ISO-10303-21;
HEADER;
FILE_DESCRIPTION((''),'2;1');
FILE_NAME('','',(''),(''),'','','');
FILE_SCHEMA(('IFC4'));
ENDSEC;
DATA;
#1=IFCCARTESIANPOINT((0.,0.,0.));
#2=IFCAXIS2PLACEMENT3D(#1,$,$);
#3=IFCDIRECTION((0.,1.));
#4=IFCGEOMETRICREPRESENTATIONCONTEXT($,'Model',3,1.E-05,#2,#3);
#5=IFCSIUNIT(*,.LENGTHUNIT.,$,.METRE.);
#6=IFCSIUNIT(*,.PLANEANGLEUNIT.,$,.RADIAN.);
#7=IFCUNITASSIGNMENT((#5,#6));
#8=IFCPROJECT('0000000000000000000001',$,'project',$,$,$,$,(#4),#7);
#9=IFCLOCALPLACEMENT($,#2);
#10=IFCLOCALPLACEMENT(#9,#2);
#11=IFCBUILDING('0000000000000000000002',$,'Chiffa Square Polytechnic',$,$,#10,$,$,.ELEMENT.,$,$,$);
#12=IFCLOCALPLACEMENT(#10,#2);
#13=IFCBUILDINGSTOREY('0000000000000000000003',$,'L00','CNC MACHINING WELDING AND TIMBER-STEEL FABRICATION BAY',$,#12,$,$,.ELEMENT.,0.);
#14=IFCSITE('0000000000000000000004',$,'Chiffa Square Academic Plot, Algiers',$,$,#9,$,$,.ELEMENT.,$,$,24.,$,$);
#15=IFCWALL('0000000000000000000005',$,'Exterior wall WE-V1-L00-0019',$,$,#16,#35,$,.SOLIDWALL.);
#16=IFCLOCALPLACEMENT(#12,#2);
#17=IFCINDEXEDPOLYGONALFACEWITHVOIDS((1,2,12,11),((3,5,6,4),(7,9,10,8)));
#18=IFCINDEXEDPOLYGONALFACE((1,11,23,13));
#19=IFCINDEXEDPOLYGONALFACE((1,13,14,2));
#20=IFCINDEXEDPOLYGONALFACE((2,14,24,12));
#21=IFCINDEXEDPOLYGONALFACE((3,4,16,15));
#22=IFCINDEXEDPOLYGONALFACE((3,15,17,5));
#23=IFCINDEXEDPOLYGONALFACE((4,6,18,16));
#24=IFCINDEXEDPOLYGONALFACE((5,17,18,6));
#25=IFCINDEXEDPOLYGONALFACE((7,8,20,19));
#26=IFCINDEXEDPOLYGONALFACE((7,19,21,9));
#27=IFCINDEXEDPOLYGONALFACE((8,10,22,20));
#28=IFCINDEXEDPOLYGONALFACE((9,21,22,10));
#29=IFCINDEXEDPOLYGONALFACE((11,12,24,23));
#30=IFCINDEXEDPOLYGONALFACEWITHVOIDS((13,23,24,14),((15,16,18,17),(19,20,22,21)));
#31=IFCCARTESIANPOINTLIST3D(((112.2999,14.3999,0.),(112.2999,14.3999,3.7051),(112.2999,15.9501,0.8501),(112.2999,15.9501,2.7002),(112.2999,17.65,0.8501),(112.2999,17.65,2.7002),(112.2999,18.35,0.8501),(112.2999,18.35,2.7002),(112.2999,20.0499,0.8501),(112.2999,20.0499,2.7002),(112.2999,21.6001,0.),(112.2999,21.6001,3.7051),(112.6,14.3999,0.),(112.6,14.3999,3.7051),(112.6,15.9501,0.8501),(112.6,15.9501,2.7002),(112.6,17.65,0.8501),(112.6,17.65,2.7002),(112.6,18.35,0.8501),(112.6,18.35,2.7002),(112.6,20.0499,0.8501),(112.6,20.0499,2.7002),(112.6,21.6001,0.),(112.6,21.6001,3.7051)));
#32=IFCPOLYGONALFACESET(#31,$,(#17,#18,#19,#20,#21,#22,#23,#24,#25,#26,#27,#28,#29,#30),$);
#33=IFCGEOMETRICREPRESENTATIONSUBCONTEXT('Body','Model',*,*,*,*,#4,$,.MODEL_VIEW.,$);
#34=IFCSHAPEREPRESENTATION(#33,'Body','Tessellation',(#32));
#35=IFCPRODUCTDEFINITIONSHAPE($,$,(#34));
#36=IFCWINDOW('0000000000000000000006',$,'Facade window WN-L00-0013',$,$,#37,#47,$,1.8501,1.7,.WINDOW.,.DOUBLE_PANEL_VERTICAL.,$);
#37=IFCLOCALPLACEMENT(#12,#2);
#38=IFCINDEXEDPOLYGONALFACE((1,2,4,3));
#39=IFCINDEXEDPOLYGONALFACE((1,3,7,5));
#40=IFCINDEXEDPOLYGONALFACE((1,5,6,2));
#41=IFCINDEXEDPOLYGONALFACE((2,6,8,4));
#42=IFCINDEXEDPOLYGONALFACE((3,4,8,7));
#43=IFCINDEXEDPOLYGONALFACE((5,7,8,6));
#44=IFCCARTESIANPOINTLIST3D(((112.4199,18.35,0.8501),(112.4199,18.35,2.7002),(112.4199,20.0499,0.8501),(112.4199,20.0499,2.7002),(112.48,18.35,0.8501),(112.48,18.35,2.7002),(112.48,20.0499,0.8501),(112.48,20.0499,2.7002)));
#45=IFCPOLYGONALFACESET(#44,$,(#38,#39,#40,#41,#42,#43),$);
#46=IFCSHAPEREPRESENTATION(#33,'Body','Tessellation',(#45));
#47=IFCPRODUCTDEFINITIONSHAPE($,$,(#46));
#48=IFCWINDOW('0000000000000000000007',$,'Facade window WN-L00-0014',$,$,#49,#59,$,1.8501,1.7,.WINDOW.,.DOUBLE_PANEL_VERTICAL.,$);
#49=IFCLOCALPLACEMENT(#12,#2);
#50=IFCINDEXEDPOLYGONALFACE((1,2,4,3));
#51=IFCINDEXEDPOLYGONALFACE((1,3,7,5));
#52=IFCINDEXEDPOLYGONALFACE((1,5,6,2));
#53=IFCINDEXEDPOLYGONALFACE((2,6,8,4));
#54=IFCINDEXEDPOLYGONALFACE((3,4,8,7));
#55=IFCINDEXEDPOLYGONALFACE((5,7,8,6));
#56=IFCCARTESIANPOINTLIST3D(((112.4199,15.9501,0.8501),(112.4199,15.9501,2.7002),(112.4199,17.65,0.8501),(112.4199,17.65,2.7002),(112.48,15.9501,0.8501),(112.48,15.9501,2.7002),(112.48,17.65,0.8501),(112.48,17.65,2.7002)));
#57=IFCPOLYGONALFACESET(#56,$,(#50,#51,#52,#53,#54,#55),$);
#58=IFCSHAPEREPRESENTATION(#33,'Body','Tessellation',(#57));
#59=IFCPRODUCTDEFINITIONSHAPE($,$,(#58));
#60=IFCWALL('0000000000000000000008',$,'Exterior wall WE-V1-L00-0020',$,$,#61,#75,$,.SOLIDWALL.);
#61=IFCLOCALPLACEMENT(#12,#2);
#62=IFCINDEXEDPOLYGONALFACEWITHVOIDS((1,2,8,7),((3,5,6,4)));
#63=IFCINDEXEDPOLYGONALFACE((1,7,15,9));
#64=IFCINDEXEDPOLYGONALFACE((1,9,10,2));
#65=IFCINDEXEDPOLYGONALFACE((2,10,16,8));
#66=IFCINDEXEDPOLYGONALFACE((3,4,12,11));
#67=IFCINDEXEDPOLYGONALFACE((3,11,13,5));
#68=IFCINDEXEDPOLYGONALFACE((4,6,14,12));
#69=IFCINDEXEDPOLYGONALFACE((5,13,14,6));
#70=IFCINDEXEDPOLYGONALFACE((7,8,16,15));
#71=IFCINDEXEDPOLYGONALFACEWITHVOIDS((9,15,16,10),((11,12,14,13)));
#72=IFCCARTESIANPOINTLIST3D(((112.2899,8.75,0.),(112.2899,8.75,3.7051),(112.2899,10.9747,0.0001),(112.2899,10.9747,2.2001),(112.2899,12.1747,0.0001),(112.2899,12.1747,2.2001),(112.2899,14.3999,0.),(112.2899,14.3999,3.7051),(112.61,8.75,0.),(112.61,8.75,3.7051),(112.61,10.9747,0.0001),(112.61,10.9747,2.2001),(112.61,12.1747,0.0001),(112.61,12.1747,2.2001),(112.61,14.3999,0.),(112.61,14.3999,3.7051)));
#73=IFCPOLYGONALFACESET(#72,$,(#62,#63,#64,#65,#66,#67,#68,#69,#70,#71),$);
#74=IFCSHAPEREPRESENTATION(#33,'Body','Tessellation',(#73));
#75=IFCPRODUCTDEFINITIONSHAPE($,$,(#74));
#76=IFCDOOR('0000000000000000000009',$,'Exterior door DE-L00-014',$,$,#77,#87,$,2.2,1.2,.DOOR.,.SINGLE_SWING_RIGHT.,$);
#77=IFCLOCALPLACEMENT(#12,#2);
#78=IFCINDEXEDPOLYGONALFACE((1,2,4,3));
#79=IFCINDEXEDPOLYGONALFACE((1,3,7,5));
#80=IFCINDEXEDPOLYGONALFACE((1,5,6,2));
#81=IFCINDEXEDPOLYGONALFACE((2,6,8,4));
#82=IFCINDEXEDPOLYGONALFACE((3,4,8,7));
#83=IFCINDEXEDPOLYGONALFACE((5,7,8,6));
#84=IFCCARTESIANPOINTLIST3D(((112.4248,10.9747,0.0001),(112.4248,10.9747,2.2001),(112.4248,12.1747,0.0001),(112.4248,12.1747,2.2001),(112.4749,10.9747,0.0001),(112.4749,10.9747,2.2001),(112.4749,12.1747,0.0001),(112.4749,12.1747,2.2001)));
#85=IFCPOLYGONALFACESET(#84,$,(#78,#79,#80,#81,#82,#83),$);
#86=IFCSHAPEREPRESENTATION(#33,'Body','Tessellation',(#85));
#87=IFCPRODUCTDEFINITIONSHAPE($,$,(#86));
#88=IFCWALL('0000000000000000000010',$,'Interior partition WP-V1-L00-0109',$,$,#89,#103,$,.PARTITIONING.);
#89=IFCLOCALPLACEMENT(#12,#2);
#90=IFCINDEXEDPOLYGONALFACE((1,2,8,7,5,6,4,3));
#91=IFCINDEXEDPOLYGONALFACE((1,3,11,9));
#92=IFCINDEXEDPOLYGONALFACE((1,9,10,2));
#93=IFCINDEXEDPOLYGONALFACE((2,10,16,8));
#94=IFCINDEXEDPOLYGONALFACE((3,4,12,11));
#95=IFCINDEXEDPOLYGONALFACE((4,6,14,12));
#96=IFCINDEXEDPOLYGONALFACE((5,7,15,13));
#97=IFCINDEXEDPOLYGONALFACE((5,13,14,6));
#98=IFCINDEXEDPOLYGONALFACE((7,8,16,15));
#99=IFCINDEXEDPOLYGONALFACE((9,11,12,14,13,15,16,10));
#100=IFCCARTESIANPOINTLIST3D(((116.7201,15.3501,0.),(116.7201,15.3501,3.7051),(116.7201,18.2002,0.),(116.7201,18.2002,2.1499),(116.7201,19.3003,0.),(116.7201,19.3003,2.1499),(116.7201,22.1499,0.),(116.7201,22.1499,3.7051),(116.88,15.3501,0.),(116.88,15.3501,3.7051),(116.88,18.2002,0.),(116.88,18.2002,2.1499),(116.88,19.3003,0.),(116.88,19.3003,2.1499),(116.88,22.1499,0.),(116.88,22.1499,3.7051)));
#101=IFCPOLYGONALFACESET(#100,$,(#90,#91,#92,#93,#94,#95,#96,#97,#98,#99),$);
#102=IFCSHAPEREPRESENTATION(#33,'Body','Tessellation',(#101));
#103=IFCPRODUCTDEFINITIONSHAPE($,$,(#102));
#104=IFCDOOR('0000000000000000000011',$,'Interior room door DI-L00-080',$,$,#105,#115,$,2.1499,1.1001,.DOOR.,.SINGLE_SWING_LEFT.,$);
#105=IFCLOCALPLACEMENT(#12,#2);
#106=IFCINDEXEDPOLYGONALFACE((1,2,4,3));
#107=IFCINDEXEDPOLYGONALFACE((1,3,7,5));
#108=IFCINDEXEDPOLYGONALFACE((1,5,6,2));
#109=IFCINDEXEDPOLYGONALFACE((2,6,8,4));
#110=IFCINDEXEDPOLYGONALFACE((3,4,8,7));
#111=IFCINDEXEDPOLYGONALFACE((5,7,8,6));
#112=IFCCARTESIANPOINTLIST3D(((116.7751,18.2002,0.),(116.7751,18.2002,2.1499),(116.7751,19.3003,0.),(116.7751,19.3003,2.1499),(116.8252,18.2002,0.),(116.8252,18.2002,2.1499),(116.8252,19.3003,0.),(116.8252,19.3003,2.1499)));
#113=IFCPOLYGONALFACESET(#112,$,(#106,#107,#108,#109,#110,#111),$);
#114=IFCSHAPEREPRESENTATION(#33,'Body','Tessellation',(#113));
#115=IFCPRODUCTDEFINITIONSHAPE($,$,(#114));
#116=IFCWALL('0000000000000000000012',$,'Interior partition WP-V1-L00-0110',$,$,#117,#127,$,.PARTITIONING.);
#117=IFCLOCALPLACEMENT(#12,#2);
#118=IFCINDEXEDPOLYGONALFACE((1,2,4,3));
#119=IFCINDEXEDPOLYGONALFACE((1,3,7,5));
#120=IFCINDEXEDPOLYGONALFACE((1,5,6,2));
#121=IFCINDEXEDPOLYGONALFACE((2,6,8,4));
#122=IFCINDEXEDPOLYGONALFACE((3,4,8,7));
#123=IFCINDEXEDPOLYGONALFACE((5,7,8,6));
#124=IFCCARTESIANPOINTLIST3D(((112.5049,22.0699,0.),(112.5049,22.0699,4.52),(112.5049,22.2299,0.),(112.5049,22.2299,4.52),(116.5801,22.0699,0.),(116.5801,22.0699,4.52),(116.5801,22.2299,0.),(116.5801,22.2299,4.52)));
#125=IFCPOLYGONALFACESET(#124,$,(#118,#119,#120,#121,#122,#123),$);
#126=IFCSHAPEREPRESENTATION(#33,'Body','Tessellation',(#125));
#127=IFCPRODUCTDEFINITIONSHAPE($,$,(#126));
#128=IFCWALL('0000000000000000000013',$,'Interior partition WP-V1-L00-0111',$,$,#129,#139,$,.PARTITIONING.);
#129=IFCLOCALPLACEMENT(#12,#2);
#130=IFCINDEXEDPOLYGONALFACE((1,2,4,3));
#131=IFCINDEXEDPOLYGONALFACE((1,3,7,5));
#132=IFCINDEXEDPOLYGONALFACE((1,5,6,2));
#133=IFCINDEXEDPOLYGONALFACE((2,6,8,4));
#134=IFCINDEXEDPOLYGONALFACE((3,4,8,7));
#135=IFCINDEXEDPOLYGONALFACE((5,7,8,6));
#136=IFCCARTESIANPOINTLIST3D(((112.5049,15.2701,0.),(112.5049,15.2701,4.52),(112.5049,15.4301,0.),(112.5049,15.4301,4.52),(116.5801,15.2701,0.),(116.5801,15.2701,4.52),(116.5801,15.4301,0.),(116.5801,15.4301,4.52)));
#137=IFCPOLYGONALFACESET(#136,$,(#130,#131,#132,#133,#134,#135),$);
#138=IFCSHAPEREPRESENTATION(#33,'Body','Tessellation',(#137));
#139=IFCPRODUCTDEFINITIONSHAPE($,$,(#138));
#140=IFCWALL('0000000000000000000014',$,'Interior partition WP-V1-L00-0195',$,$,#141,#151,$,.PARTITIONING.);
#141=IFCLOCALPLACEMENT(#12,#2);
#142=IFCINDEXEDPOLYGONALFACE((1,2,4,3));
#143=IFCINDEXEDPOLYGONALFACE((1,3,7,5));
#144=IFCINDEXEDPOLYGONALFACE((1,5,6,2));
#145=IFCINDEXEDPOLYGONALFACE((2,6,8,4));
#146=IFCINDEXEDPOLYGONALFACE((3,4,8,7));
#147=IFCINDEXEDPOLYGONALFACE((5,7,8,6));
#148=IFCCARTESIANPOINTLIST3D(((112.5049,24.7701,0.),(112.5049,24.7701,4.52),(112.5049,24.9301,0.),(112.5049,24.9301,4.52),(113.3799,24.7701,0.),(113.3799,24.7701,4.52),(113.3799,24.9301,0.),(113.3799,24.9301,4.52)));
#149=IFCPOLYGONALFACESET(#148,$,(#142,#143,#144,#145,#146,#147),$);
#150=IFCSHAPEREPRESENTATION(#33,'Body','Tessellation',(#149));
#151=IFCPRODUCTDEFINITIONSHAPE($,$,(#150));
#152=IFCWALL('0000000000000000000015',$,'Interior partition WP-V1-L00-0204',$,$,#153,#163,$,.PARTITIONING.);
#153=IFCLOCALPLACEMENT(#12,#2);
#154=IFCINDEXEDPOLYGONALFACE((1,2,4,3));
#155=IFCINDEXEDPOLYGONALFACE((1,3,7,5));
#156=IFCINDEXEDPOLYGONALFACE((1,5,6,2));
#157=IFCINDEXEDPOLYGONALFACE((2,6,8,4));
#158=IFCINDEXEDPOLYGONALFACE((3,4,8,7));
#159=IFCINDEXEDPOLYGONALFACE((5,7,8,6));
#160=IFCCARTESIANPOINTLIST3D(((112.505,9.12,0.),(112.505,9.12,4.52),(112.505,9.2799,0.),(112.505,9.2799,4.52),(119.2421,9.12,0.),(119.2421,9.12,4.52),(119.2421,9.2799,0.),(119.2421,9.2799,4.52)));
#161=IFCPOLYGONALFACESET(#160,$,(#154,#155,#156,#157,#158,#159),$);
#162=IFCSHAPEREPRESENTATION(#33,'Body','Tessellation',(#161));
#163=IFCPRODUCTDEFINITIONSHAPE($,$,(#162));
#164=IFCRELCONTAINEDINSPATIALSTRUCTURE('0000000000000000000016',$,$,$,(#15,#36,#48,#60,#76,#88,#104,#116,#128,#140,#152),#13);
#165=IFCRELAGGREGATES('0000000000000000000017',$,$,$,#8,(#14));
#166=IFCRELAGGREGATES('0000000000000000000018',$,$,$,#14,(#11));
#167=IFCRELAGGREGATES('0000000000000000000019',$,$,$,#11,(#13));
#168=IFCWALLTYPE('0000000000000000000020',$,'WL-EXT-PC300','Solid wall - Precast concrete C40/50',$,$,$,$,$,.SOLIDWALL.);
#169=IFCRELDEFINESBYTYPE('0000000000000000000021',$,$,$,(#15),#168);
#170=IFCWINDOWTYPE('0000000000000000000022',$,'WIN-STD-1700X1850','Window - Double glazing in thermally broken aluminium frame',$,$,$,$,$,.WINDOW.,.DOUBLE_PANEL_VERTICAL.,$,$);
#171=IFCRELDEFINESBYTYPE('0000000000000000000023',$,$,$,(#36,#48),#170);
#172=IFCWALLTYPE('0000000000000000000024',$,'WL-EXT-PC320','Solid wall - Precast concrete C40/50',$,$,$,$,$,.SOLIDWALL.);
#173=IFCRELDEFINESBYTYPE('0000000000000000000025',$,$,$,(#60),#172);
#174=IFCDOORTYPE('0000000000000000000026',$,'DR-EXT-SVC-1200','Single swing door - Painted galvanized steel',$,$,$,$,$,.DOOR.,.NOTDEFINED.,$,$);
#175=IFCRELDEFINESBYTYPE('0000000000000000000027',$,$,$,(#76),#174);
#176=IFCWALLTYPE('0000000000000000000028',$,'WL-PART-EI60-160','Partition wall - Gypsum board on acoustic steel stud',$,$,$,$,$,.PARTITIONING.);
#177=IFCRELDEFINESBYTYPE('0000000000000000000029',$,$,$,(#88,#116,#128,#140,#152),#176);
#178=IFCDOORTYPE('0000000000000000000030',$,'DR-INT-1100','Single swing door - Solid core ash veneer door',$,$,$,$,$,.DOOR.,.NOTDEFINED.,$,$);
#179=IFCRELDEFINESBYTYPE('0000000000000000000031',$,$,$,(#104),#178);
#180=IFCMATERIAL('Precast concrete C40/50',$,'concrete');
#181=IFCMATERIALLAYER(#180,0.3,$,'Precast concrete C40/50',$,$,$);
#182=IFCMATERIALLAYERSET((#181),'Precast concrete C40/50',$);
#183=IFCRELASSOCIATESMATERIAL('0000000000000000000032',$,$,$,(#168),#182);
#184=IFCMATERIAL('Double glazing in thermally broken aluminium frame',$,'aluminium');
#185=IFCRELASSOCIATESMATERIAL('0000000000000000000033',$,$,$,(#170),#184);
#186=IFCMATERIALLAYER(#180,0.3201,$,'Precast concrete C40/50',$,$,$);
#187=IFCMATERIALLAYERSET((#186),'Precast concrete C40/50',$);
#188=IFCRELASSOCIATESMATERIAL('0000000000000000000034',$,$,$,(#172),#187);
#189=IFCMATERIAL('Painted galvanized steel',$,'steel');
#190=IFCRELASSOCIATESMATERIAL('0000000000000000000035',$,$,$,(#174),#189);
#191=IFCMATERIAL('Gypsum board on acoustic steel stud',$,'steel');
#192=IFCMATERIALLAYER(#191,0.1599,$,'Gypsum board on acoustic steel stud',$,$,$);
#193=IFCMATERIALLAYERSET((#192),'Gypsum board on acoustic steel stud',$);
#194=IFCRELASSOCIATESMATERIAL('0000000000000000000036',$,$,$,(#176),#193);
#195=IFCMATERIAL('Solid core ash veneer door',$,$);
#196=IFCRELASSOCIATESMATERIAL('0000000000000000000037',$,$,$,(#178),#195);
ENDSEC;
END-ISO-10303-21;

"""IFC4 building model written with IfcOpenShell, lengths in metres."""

from ifc_helpers import new_model, si_unit, direction, frame, frame_2d, origin, place, context, subcontext, project, spatial, rectangle, extrude, material, layer, layer_set, type_object, element, fill, save


model = new_model("IFC4")

# Units and contexts
model_context = context("Model", 3, precision=1e-05, world=origin(), true_north=direction((0.0, 1.0)))
body_context = subcontext(model_context, "Body", "Model", "MODEL_VIEW")
ifc_project = project(units=[si_unit("LENGTHUNIT", "METRE"), si_unit("PLANEANGLEUNIT", "RADIAN")], contexts=[model_context])

# Site, building, storey
site_placement = place(None, origin())
site = spatial("IfcSite", under=ifc_project, at=site_placement, Name="Chiffa Square Academic Plot, Algiers", CompositionType="ELEMENT", RefElevation=24.0)
building_placement = place(site_placement, origin())
building = spatial("IfcBuilding", under=site, at=building_placement, Name="Chiffa Square Polytechnic", CompositionType="ELEMENT")
storey_placement = place(building_placement, origin())
storey = spatial("IfcBuildingStorey", under=building, at=storey_placement, Name="L00", Description="CNC MACHINING WELDING AND TIMBER-STEEL FABRICATION BAY", CompositionType="ELEMENT", Elevation=0.0)

# Shared definitions
ifc_material_1 = material(Name="Precast concrete C40/50", Category="concrete")
ifc_material_2 = material(Name="Double glazing in thermally broken aluminium frame", Category="aluminium")

# Wall, openings, windows
ifc_layer_1 = layer(ifc_material_1, 0.3, Name="Precast concrete C40/50")
ifc_layer_set_1 = layer_set([ifc_layer_1], Name="Precast concrete C40/50")
wall_type_1 = type_object("IfcWallType", Name="WL-EXT-PC300", Description="Solid wall - Precast concrete C40/50", PredefinedType="SOLIDWALL", material=ifc_layer_set_1)
wall_1_placement = place(storey_placement, frame((112.45, 21.6001, 0.0), z_axis=(0.0, 0.0, 1.0), x_axis=(0.0, -1.0, 0.0)))
wall_1 = element("IfcWall", 1, at=wall_1_placement, inside=storey, type_object=wall_type_1, Name="Exterior wall WE-V1-L00-0019", PredefinedType="SOLIDWALL", context=body_context, shape_type="SweptSolid", body=[
    extrude(rectangle(XDim=7.2002, YDim=0.3, at=frame_2d((3.6001, 0.0))), origin(), (0.0, 0.0, 1.0), 3.7051),
])
opening_1_placement = place(wall_1_placement, frame((1.55, 0.0, 0.8501)))
opening_1 = element("IfcOpeningElement", 2, at=opening_1_placement, cuts=wall_1, PredefinedType="OPENING", context=body_context, shape_type="SweptSolid", body=[
    extrude(rectangle(XDim=1.7, YDim=1.8501, at=frame_2d((0.8501, 0.925))), frame((0.0, 0.1602, 0.0), z_axis=(0.0, -1.0, 0.0), x_axis=(1.0, 0.0, 0.0)), (0.0, 0.0, 1.0), 0.3201),
])
opening_2_placement = place(wall_1_placement, frame((3.95, 0.0, 0.8501)))
opening_2 = element("IfcOpeningElement", 3, at=opening_2_placement, cuts=wall_1, PredefinedType="OPENING", context=body_context, shape_type="SweptSolid", body=[
    extrude(rectangle(XDim=1.7, YDim=1.8501, at=frame_2d((0.8501, 0.925))), frame((0.0, 0.1602, 0.0), z_axis=(0.0, -1.0, 0.0), x_axis=(1.0, 0.0, 0.0)), (0.0, 0.0, 1.0), 0.3201),
])
window_type_1 = type_object("IfcWindowType", Name="WIN-STD-1700X1850", Description="Window - Double glazing in thermally broken aluminium frame", PartitioningType="DOUBLE_PANEL_VERTICAL", PredefinedType="WINDOW", material=ifc_material_2)
window_1_placement = place(opening_1_placement, origin())
window_1 = element("IfcWindow", 4, at=window_1_placement, inside=storey, type_object=window_type_1, Name="Facade window WN-L00-0013", OverallHeight=1.8501, OverallWidth=1.7, PartitioningType="DOUBLE_PANEL_VERTICAL", PredefinedType="WINDOW", context=body_context, shape_type="SweptSolid", body=[
    extrude(rectangle(XDim=1.7, YDim=1.8501, at=frame_2d((0.8501, 0.925))), frame((0.0, 0.03, 0.0), z_axis=(0.0, -1.0, 0.0), x_axis=(1.0, 0.0, 0.0)), (0.0, 0.0, 1.0), 0.0601),
])
fill(opening_1, window_1)
window_2_placement = place(opening_2_placement, origin())
window_2 = element("IfcWindow", 5, at=window_2_placement, inside=storey, type_object=window_type_1, Name="Facade window WN-L00-0014", OverallHeight=1.8501, OverallWidth=1.7, PartitioningType="DOUBLE_PANEL_VERTICAL", PredefinedType="WINDOW", context=body_context, shape_type="SweptSolid", body=[
    extrude(rectangle(XDim=1.7, YDim=1.8501, at=frame_2d((0.8501, 0.925))), frame((0.0, 0.03, 0.0), z_axis=(0.0, -1.0, 0.0), x_axis=(1.0, 0.0, 0.0)), (0.0, 0.0, 1.0), 0.0601),
])
fill(opening_2, window_2)

# Walls, openings, doors
ifc_layer_2 = layer(ifc_material_1, 0.3201, Name="Precast concrete C40/50")
ifc_layer_set_2 = layer_set([ifc_layer_2], Name="Precast concrete C40/50")
wall_type_2 = type_object("IfcWallType", Name="WL-EXT-PC320", Description="Solid wall - Precast concrete C40/50", PredefinedType="SOLIDWALL", material=ifc_layer_set_2)
wall_2_placement = place(storey_placement, frame((112.45, 14.3999, 0.0), z_axis=(0.0, 0.0, 1.0), x_axis=(0.0, -1.0, 0.0)))
wall_2 = element("IfcWall", 6, at=wall_2_placement, inside=storey, type_object=wall_type_2, Name="Exterior wall WE-V1-L00-0020", PredefinedType="SOLIDWALL", context=body_context, shape_type="SweptSolid", body=[
    extrude(rectangle(XDim=5.6499, YDim=0.3201, at=frame_2d((2.825, 0.0))), origin(), (0.0, 0.0, 1.0), 3.7051),
])
opening_3_placement = place(wall_2_placement, frame((2.2251, 0.0, 0.0)))
opening_3 = element("IfcOpeningElement", 7, at=opening_3_placement, cuts=wall_2, PredefinedType="OPENING", context=body_context, shape_type="SweptSolid", body=[
    extrude(rectangle(XDim=1.2, YDim=2.2, at=frame_2d((0.6001, 1.1001))), frame((0.0, 0.1699, 0.0), z_axis=(0.0, -1.0, 0.0), x_axis=(1.0, 0.0, 0.0)), (0.0, 0.0, 1.0), 0.3401),
])
ifc_material_3 = material(Name="Painted galvanized steel", Category="steel")
door_type_1 = type_object("IfcDoorType", Name="DR-EXT-SVC-1200", Description="Single swing door - Painted galvanized steel", OperationType="NOTDEFINED", PredefinedType="DOOR", material=ifc_material_3)
door_1_placement = place(opening_3_placement, origin())
door_1 = element("IfcDoor", 8, at=door_1_placement, inside=storey, type_object=door_type_1, Name="Exterior door DE-L00-014", OperationType="SINGLE_SWING_RIGHT", OverallHeight=2.2, OverallWidth=1.2, PredefinedType="DOOR", context=body_context, shape_type="SweptSolid", body=[
    extrude(rectangle(XDim=1.2, YDim=2.2, at=frame_2d((0.6001, 1.1001))), frame((0.0, 0.0249, 0.0), z_axis=(0.0, -1.0, 0.0), x_axis=(1.0, 0.0, 0.0)), (0.0, 0.0, 1.0), 0.05),
])
fill(opening_3, door_1)
ifc_material_4 = material(Name="Gypsum board on acoustic steel stud", Category="steel")
ifc_layer_3 = layer(ifc_material_4, 0.1599, Name="Gypsum board on acoustic steel stud")
ifc_layer_set_3 = layer_set([ifc_layer_3], Name="Gypsum board on acoustic steel stud")
wall_type_3 = type_object("IfcWallType", Name="WL-PART-EI60-160", Description="Partition wall - Gypsum board on acoustic steel stud", PredefinedType="PARTITIONING", material=ifc_layer_set_3)
wall_3_placement = place(storey_placement, frame((116.8, 15.3501, 0.0), z_axis=(0.0, 0.0, 1.0), x_axis=(0.0, 1.0, 0.0)))
wall_3 = element("IfcWall", 9, at=wall_3_placement, inside=storey, type_object=wall_type_3, Name="Interior partition WP-V1-L00-0109", PredefinedType="PARTITIONING", context=body_context, shape_type="SweptSolid", body=[
    extrude(rectangle(XDim=6.7998, YDim=0.1599, at=frame_2d((3.3999, 0.0))), origin(), (0.0, 0.0, 1.0), 3.7051),
])
opening_4_placement = place(wall_3_placement, frame((2.8501, 0.0, 0.0)))
opening_4 = element("IfcOpeningElement", 10, at=opening_4_placement, cuts=wall_3, PredefinedType="OPENING", context=body_context, shape_type="SweptSolid", body=[
    extrude(rectangle(XDim=1.1001, YDim=2.1499, at=frame_2d((0.55, 1.075))), frame((0.0, 0.0898, 0.0), z_axis=(0.0, -1.0, 0.0), x_axis=(1.0, 0.0, 0.0)), (0.0, 0.0, 1.0), 0.1799),
])
ifc_material_5 = material(Name="Solid core ash veneer door")
door_type_2 = type_object("IfcDoorType", Name="DR-INT-1100", Description="Single swing door - Solid core ash veneer door", OperationType="NOTDEFINED", PredefinedType="DOOR", material=ifc_material_5)
door_2_placement = place(opening_4_placement, origin())
door_2 = element("IfcDoor", 11, at=door_2_placement, inside=storey, type_object=door_type_2, Name="Interior room door DI-L00-080", OperationType="SINGLE_SWING_LEFT", OverallHeight=2.1499, OverallWidth=1.1001, PredefinedType="DOOR", context=body_context, shape_type="SweptSolid", body=[
    extrude(rectangle(XDim=1.1001, YDim=2.1499, at=frame_2d((0.55, 1.075))), frame((0.0, 0.0249, 0.0), z_axis=(0.0, -1.0, 0.0), x_axis=(1.0, 0.0, 0.0)), (0.0, 0.0, 1.0), 0.05),
])
fill(opening_4, door_2)

# Walls
for number, where, z_axis, x_axis, name in (
    (12, (112.5049, 22.1499, 0.0), (0.0, 0.0, 1.0), (1.0, 0.0, 0.0), "Interior partition WP-V1-L00-0110"),
    (13, (112.5049, 15.3501, 0.0), (0.0, 0.0, 1.0), (1.0, 0.0, 0.0), "Interior partition WP-V1-L00-0111"),
):
    element("IfcWall", number, at=place(storey_placement, frame(where, z_axis=z_axis, x_axis=x_axis)), inside=storey, type_object=wall_type_3, Name=name, PredefinedType="PARTITIONING", context=body_context, shape_type="SweptSolid", body=[
        extrude(rectangle(XDim=4.0752, YDim=0.1599, at=frame_2d((2.0376, 0.0))), origin(), (0.0, 0.0, 1.0), 4.52),
    ])
wall_4_placement = place(storey_placement, frame((112.5049, 24.8501, 0.0), z_axis=(0.0, 0.0, 1.0), x_axis=(1.0, 0.0, 0.0)))
element("IfcWall", 14, at=wall_4_placement, inside=storey, type_object=wall_type_3, Name="Interior partition WP-V1-L00-0195", PredefinedType="PARTITIONING", context=body_context, shape_type="SweptSolid", body=[
    extrude(rectangle(XDim=0.875, YDim=0.1599, at=frame_2d((0.4375, 0.0))), origin(), (0.0, 0.0, 1.0), 4.52),
])
wall_5_placement = place(storey_placement, frame((112.5049, 9.2, 0.0), z_axis=(0.0, 0.0, 1.0), x_axis=(1.0, 0.0, 0.0)))
element("IfcWall", 15, at=wall_5_placement, inside=storey, type_object=wall_type_3, Name="Interior partition WP-V1-L00-0204", PredefinedType="PARTITIONING", context=body_context, shape_type="SweptSolid", body=[
    extrude(rectangle(XDim=6.7371, YDim=0.1599, at=frame_2d((3.3687, 0.0))), origin(), (0.0, 0.0, 1.0), 4.52),
])

save(model, "model.ifc")
